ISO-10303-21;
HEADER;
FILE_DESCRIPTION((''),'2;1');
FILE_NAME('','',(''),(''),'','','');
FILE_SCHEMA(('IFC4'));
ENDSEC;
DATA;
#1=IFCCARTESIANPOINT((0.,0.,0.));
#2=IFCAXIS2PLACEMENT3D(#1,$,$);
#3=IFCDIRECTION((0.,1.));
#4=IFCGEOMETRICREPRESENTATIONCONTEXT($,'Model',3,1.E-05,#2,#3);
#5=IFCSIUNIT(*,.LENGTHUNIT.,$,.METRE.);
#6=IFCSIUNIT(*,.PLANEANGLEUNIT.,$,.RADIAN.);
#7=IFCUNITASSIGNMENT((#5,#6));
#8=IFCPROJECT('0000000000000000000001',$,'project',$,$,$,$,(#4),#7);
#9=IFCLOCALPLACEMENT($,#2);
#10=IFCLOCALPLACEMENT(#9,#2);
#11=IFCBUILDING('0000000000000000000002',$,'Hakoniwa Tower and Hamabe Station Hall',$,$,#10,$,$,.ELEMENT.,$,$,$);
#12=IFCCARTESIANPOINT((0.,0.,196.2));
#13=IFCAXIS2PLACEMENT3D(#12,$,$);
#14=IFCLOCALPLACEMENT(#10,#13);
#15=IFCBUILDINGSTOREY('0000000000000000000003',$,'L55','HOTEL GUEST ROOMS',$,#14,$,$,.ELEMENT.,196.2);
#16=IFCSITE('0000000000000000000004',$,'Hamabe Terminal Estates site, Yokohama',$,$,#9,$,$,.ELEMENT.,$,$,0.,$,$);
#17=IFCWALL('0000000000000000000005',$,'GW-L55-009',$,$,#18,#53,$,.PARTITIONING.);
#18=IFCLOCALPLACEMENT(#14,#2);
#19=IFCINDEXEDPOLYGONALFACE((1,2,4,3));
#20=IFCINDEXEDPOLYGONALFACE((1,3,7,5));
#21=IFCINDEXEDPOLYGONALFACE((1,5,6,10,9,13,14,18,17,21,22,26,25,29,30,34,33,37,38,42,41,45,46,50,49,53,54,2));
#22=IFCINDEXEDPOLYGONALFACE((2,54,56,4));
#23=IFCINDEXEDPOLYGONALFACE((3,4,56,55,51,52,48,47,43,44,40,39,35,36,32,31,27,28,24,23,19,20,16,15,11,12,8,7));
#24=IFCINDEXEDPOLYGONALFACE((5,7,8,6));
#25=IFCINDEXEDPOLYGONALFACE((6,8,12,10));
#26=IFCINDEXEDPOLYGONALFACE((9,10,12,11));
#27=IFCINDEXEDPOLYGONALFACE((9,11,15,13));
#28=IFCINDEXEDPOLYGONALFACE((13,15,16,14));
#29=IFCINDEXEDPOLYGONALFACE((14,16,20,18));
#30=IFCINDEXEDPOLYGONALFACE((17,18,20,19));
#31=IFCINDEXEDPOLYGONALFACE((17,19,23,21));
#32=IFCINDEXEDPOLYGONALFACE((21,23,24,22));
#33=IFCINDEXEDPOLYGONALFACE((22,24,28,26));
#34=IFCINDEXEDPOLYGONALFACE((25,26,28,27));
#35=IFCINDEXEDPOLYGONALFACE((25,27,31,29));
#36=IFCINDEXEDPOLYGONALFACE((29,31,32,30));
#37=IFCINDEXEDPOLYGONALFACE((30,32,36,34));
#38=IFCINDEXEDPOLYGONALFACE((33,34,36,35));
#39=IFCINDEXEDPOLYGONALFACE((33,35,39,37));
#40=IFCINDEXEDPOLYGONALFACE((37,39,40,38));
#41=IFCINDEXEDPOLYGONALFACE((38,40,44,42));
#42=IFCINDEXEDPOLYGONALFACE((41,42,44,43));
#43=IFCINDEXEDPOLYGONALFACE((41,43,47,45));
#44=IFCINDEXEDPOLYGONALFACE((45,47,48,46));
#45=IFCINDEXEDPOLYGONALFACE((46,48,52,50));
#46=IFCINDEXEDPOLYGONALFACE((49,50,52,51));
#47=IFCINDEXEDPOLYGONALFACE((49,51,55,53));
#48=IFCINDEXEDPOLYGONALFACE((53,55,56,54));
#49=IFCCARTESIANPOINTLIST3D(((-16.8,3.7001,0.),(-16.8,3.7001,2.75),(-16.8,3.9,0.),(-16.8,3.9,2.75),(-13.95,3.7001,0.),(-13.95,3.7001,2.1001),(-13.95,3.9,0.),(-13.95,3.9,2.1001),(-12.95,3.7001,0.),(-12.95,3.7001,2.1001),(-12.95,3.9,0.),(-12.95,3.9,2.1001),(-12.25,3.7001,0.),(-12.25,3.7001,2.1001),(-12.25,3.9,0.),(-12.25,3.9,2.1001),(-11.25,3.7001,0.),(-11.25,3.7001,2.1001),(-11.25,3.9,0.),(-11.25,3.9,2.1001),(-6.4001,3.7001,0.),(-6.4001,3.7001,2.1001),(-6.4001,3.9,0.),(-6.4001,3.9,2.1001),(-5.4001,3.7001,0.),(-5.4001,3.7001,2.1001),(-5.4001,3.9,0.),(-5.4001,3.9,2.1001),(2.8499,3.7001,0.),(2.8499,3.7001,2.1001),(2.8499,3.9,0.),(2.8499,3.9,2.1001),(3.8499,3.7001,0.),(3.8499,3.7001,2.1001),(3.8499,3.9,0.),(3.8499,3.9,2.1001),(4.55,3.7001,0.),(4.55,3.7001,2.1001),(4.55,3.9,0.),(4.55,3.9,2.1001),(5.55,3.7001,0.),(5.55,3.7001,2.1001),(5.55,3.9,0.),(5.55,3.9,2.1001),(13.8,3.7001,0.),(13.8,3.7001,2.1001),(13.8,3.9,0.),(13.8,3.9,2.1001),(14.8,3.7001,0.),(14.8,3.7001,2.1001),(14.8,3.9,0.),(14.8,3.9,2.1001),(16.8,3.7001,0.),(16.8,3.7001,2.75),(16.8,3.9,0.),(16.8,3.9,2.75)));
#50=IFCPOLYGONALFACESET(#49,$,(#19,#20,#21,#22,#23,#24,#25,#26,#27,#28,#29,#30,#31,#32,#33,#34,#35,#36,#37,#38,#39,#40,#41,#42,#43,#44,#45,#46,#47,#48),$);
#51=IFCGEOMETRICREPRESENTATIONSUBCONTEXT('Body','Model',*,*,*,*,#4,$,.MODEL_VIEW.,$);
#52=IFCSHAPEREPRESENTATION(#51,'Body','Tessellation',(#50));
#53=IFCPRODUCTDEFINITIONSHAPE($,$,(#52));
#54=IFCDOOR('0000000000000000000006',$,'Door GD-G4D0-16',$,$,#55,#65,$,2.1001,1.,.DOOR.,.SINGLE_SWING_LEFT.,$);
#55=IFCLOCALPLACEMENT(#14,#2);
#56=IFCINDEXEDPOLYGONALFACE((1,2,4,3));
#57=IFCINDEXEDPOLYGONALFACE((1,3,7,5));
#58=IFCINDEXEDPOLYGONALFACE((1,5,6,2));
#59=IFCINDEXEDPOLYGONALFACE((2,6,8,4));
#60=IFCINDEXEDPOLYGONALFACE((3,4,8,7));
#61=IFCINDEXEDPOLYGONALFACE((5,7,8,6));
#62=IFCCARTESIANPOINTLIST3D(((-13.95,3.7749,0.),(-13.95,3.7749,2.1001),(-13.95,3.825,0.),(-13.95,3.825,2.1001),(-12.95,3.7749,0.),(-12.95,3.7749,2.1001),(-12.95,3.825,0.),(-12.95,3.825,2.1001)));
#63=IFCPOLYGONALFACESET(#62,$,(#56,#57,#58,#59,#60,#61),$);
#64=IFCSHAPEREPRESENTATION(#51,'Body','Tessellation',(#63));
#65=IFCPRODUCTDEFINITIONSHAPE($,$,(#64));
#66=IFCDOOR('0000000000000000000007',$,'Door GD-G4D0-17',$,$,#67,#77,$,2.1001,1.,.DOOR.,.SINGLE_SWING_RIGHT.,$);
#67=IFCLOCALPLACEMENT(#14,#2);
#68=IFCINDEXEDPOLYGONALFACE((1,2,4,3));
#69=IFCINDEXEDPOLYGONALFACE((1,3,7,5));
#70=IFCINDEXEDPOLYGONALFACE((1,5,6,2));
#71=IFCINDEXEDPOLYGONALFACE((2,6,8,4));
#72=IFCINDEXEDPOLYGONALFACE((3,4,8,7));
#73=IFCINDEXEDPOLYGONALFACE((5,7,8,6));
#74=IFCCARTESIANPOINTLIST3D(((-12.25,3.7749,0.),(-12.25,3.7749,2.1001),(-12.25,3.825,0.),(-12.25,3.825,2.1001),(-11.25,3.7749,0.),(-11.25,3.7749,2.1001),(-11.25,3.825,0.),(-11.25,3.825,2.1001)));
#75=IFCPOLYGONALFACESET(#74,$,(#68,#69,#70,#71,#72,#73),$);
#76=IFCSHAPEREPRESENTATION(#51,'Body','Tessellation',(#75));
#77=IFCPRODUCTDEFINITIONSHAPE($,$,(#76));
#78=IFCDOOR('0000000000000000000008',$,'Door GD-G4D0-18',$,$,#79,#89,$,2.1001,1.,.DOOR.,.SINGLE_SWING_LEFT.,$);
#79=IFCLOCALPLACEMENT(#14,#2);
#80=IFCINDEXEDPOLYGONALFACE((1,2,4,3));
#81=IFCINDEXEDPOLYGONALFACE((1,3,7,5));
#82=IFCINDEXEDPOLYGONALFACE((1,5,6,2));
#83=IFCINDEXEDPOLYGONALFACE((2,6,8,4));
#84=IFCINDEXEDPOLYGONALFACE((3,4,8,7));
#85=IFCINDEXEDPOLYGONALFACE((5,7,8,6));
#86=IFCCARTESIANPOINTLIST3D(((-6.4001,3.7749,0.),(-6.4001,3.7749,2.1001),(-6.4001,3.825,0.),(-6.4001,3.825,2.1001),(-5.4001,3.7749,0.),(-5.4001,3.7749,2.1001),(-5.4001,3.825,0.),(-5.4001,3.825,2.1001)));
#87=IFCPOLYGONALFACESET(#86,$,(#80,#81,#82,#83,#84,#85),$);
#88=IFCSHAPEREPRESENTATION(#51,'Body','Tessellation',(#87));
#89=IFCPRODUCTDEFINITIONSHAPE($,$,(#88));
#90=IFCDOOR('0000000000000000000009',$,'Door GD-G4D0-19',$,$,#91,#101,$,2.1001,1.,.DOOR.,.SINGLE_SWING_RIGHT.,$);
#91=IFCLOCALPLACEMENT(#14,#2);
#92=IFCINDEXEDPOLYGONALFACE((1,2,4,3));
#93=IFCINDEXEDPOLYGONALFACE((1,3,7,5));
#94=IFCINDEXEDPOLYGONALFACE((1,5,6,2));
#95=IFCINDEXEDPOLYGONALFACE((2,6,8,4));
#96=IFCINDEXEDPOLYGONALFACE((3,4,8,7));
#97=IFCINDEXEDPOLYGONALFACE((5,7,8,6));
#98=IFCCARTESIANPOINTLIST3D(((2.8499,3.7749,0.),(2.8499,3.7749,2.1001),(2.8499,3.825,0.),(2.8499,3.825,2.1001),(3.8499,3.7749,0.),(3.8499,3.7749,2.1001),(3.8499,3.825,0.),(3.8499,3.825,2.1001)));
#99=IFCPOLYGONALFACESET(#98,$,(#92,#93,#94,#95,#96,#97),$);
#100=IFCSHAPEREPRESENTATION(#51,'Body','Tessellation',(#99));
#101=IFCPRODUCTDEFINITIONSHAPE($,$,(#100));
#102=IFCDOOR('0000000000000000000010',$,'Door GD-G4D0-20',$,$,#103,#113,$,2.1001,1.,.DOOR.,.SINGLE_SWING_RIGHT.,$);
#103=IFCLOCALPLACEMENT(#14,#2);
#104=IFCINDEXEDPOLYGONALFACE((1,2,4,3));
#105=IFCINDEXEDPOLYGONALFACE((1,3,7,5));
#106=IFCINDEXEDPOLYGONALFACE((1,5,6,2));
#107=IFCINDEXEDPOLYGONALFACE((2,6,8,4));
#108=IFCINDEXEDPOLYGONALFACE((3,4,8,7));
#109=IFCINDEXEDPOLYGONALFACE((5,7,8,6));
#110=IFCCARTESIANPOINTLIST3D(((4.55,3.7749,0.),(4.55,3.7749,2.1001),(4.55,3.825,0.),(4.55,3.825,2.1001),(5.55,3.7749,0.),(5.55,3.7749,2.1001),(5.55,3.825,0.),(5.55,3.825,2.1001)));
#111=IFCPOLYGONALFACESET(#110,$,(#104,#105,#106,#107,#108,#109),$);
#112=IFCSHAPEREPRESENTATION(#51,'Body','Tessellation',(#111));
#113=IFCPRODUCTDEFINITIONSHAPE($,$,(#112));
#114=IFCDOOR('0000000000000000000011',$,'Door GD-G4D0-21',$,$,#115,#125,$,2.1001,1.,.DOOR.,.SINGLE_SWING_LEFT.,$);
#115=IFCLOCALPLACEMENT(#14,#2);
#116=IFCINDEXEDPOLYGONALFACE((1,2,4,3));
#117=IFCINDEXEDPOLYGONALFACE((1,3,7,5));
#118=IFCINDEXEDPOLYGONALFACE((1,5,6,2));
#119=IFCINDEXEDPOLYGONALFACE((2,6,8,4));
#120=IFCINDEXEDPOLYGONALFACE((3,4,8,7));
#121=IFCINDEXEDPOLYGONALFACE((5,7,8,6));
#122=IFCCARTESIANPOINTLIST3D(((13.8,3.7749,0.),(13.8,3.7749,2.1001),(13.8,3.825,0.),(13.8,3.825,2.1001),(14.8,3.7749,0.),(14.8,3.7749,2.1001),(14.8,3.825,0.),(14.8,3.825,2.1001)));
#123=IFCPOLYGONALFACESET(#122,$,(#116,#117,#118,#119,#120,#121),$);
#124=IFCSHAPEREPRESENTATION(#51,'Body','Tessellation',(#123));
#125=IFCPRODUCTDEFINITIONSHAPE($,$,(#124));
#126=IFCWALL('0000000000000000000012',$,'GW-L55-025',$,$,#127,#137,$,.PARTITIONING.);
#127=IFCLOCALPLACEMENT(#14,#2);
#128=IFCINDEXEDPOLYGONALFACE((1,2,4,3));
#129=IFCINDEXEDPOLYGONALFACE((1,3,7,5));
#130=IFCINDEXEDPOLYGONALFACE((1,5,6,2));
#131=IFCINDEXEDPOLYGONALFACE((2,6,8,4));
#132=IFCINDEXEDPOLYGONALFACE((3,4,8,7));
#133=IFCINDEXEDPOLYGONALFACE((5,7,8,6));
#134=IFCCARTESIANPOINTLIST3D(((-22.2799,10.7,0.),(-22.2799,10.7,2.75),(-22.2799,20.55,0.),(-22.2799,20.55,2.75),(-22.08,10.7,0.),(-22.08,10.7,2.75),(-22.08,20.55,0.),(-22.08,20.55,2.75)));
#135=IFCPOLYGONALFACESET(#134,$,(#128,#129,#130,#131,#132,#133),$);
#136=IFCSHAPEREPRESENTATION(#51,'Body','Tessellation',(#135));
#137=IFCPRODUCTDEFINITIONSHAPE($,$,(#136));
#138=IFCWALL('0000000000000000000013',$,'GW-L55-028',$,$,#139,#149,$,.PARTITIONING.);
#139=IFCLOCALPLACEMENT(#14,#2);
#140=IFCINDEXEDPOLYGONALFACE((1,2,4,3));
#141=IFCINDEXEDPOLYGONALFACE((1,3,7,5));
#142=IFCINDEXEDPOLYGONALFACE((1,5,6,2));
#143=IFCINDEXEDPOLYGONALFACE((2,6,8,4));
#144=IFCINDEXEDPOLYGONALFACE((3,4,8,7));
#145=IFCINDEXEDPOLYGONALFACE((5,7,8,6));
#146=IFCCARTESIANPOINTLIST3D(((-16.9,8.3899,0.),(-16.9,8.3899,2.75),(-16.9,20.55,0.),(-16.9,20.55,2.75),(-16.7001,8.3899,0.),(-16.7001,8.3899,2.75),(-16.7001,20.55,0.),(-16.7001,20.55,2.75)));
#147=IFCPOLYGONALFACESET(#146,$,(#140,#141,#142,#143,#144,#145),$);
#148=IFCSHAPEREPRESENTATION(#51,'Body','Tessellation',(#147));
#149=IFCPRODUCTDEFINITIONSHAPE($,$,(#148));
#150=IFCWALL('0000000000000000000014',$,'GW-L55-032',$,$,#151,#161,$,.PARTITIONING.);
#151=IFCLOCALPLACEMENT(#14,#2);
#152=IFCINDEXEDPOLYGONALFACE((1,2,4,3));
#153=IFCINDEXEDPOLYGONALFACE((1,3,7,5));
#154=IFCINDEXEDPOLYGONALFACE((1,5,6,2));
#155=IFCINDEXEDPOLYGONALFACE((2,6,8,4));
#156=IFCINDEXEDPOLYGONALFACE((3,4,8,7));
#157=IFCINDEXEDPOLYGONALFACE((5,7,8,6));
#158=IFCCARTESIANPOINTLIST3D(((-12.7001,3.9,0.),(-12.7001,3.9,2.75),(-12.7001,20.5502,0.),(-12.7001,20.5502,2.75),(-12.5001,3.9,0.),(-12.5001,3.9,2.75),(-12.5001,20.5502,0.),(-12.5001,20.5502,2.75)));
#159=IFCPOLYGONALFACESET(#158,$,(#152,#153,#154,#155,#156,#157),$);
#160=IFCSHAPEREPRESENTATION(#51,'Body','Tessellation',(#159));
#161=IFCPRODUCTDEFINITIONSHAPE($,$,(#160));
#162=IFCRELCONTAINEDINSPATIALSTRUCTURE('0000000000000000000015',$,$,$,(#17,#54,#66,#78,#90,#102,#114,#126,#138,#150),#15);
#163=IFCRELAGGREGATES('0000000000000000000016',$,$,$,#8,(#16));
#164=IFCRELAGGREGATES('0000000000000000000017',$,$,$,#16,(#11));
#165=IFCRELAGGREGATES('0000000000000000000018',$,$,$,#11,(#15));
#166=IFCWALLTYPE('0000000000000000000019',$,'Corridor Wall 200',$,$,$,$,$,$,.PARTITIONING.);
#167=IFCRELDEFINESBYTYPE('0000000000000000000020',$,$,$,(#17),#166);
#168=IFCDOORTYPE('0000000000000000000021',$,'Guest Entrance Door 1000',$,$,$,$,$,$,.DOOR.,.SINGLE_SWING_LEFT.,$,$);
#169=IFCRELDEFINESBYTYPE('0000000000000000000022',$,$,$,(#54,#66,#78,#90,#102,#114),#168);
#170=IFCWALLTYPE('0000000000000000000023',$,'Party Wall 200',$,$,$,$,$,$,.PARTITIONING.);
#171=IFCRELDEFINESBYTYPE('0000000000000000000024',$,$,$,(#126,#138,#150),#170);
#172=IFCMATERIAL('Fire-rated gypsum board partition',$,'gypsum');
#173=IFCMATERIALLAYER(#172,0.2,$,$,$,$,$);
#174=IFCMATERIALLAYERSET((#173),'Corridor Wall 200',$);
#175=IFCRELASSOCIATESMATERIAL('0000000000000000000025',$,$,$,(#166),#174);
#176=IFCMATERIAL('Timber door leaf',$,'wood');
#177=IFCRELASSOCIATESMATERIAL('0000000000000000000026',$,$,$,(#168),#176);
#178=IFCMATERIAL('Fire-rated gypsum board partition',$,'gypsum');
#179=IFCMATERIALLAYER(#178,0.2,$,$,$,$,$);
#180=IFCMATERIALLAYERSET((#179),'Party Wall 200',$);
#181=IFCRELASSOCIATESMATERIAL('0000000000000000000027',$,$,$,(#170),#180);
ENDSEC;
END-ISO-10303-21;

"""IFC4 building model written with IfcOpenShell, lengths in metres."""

from ifc_helpers import new_model, si_unit, direction, frame, frame_2d, origin, place, context, subcontext, project, spatial, rectangle, extrude, material, layer, layer_set, type_object, element, fill, save


model = new_model("IFC4")

# Units and contexts
model_context = context("Model", 3, precision=1e-05, world=origin(), true_north=direction((0.0, 1.0)))
body_context = subcontext(model_context, "Body", "Model", "MODEL_VIEW")
ifc_project = project(units=[si_unit("LENGTHUNIT", "METRE"), si_unit("PLANEANGLEUNIT", "RADIAN")], contexts=[model_context])

# Site, building, storey
site_placement = place(None, origin())
site = spatial("IfcSite", under=ifc_project, at=site_placement, Name="Hamabe Terminal Estates site, Yokohama", CompositionType="ELEMENT", RefElevation=0.0)
building_placement = place(site_placement, origin())
building = spatial("IfcBuilding", under=site, at=building_placement, Name="Hakoniwa Tower and Hamabe Station Hall", CompositionType="ELEMENT")
storey_placement = place(building_placement, frame((0.0, 0.0, 196.2)))
storey = spatial("IfcBuildingStorey", under=building, at=storey_placement, Name="L55", Description="HOTEL GUEST ROOMS", CompositionType="ELEMENT", Elevation=196.2)

# Wall, openings, doors
ifc_material_1 = material(Name="Fire-rated gypsum board partition", Category="gypsum")
ifc_layer_1 = layer(ifc_material_1, 0.2)
ifc_layer_set_1 = layer_set([ifc_layer_1], Name="Corridor Wall 200")
wall_type_1 = type_object("IfcWallType", Name="Corridor Wall 200", PredefinedType="PARTITIONING", material=ifc_layer_set_1)
ifc_material_2 = material(Name="Timber door leaf", Category="wood")
door_type_1 = type_object("IfcDoorType", Name="Guest Entrance Door 1000", OperationType="SINGLE_SWING_LEFT", PredefinedType="DOOR", material=ifc_material_2)
wall_1_placement = place(storey_placement, frame((-16.8, 3.8, 0.0), z_axis=(0.0, 0.0, 1.0), x_axis=(1.0, 0.0, 0.0)))
wall_1 = element("IfcWall", 1, at=wall_1_placement, inside=storey, type_object=wall_type_1, Name="GW-L55-009", PredefinedType="PARTITIONING", context=body_context, shape_type="SweptSolid", body=[
    extrude(rectangle(XDim=33.6001, YDim=0.2, at=frame_2d((16.8, 0.0))), origin(), (0.0, 0.0, 1.0), 2.75),
])
opening_1_placement = place(wall_1_placement, frame((2.8501, 0.0, 0.0)))
opening_1 = element("IfcOpeningElement", 2, at=opening_1_placement, cuts=wall_1, PredefinedType="OPENING", context=body_context, shape_type="SweptSolid", body=[
    extrude(rectangle(XDim=1.0, YDim=2.1001, at=frame_2d((0.5, 1.05))), frame((0.0, 0.1099, 0.0), z_axis=(0.0, -1.0, 0.0), x_axis=(1.0, 0.0, 0.0)), (0.0, 0.0, 1.0), 0.22),
])
opening_2_placement = place(wall_1_placement, frame((4.55, 0.0, 0.0)))
opening_2 = element("IfcOpeningElement", 3, at=opening_2_placement, cuts=wall_1, PredefinedType="OPENING", context=body_context, shape_type="SweptSolid", body=[
    extrude(rectangle(XDim=1.0, YDim=2.1001, at=frame_2d((0.5, 1.05))), frame((0.0, 0.1099, 0.0), z_axis=(0.0, -1.0, 0.0), x_axis=(1.0, 0.0, 0.0)), (0.0, 0.0, 1.0), 0.22),
])
opening_3_placement = place(wall_1_placement, frame((10.3999, 0.0, 0.0)))
opening_3 = element("IfcOpeningElement", 4, at=opening_3_placement, cuts=wall_1, PredefinedType="OPENING", context=body_context, shape_type="SweptSolid", body=[
    extrude(rectangle(XDim=1.0, YDim=2.1001, at=frame_2d((0.5, 1.05))), frame((0.0, 0.1099, 0.0), z_axis=(0.0, -1.0, 0.0), x_axis=(1.0, 0.0, 0.0)), (0.0, 0.0, 1.0), 0.22),
])
opening_4_placement = place(wall_1_placement, frame((19.6499, 0.0, 0.0)))
opening_4 = element("IfcOpeningElement", 5, at=opening_4_placement, cuts=wall_1, PredefinedType="OPENING", context=body_context, shape_type="SweptSolid", body=[
    extrude(rectangle(XDim=1.0, YDim=2.1001, at=frame_2d((0.5, 1.05))), frame((0.0, 0.1099, 0.0), z_axis=(0.0, -1.0, 0.0), x_axis=(1.0, 0.0, 0.0)), (0.0, 0.0, 1.0), 0.22),
])
opening_5_placement = place(wall_1_placement, frame((21.3501, 0.0, 0.0)))
opening_5 = element("IfcOpeningElement", 6, at=opening_5_placement, cuts=wall_1, PredefinedType="OPENING", context=body_context, shape_type="SweptSolid", body=[
    extrude(rectangle(XDim=1.0, YDim=2.1001, at=frame_2d((0.5, 1.05))), frame((0.0, 0.1099, 0.0), z_axis=(0.0, -1.0, 0.0), x_axis=(1.0, 0.0, 0.0)), (0.0, 0.0, 1.0), 0.22),
])
opening_6_placement = place(wall_1_placement, frame((30.6001, 0.0, 0.0)))
opening_6 = element("IfcOpeningElement", 7, at=opening_6_placement, cuts=wall_1, PredefinedType="OPENING", context=body_context, shape_type="SweptSolid", body=[
    extrude(rectangle(XDim=1.0, YDim=2.1001, at=frame_2d((0.5, 1.05))), frame((0.0, 0.1099, 0.0), z_axis=(0.0, -1.0, 0.0), x_axis=(1.0, 0.0, 0.0)), (0.0, 0.0, 1.0), 0.22),
])
door_1_placement = place(opening_1_placement, origin())
door_1 = element("IfcDoor", 8, at=door_1_placement, inside=storey, type_object=door_type_1, Name="Door GD-G4D0-16", OperationType="SINGLE_SWING_LEFT", OverallHeight=2.1001, OverallWidth=1.0, PredefinedType="DOOR", context=body_context, shape_type="SweptSolid", body=[
    extrude(rectangle(XDim=1.0, YDim=2.1001, at=frame_2d((0.5, 1.05))), frame((0.0, 0.0249, 0.0), z_axis=(0.0, -1.0, 0.0), x_axis=(1.0, 0.0, 0.0)), (0.0, 0.0, 1.0), 0.05),
])
fill(opening_1, door_1)
door_2_placement = place(opening_2_placement, origin())
door_2 = element("IfcDoor", 9, at=door_2_placement, inside=storey, type_object=door_type_1, Name="Door GD-G4D0-17", OperationType="SINGLE_SWING_RIGHT", OverallHeight=2.1001, OverallWidth=1.0, PredefinedType="DOOR", context=body_context, shape_type="SweptSolid", body=[
    extrude(rectangle(XDim=1.0, YDim=2.1001, at=frame_2d((0.5, 1.05))), frame((0.0, 0.0249, 0.0), z_axis=(0.0, -1.0, 0.0), x_axis=(1.0, 0.0, 0.0)), (0.0, 0.0, 1.0), 0.05),
])
fill(opening_2, door_2)
door_3_placement = place(opening_3_placement, origin())
door_3 = element("IfcDoor", 10, at=door_3_placement, inside=storey, type_object=door_type_1, Name="Door GD-G4D0-18", OperationType="SINGLE_SWING_LEFT", OverallHeight=2.1001, OverallWidth=1.0, PredefinedType="DOOR", context=body_context, shape_type="SweptSolid", body=[
    extrude(rectangle(XDim=1.0, YDim=2.1001, at=frame_2d((0.5, 1.05))), frame((0.0, 0.0249, 0.0), z_axis=(0.0, -1.0, 0.0), x_axis=(1.0, 0.0, 0.0)), (0.0, 0.0, 1.0), 0.05),
])
fill(opening_3, door_3)
door_4_placement = place(opening_4_placement, origin())
door_4 = element("IfcDoor", 11, at=door_4_placement, inside=storey, type_object=door_type_1, Name="Door GD-G4D0-19", OperationType="SINGLE_SWING_RIGHT", OverallHeight=2.1001, OverallWidth=1.0, PredefinedType="DOOR", context=body_context, shape_type="SweptSolid", body=[
    extrude(rectangle(XDim=1.0, YDim=2.1001, at=frame_2d((0.5, 1.05))), frame((0.0, 0.0249, 0.0), z_axis=(0.0, -1.0, 0.0), x_axis=(1.0, 0.0, 0.0)), (0.0, 0.0, 1.0), 0.05),
])
fill(opening_4, door_4)
door_5_placement = place(opening_5_placement, origin())
door_5 = element("IfcDoor", 12, at=door_5_placement, inside=storey, type_object=door_type_1, Name="Door GD-G4D0-20", OperationType="SINGLE_SWING_RIGHT", OverallHeight=2.1001, OverallWidth=1.0, PredefinedType="DOOR", context=body_context, shape_type="SweptSolid", body=[
    extrude(rectangle(XDim=1.0, YDim=2.1001, at=frame_2d((0.5, 1.05))), frame((0.0, 0.0249, 0.0), z_axis=(0.0, -1.0, 0.0), x_axis=(1.0, 0.0, 0.0)), (0.0, 0.0, 1.0), 0.05),
])
fill(opening_5, door_5)
door_6_placement = place(opening_6_placement, origin())
door_6 = element("IfcDoor", 13, at=door_6_placement, inside=storey, type_object=door_type_1, Name="Door GD-G4D0-21", OperationType="SINGLE_SWING_LEFT", OverallHeight=2.1001, OverallWidth=1.0, PredefinedType="DOOR", context=body_context, shape_type="SweptSolid", body=[
    extrude(rectangle(XDim=1.0, YDim=2.1001, at=frame_2d((0.5, 1.05))), frame((0.0, 0.0249, 0.0), z_axis=(0.0, -1.0, 0.0), x_axis=(1.0, 0.0, 0.0)), (0.0, 0.0, 1.0), 0.05),
])
fill(opening_6, door_6)

# Walls
ifc_material_3 = material(Name="Fire-rated gypsum board partition", Category="gypsum")
ifc_layer_2 = layer(ifc_material_3, 0.2)
ifc_layer_set_2 = layer_set([ifc_layer_2], Name="Party Wall 200")
wall_type_2 = type_object("IfcWallType", Name="Party Wall 200", PredefinedType="PARTITIONING", material=ifc_layer_set_2)
wall_2_placement = place(storey_placement, frame((-22.1799, 10.7, 0.0), z_axis=(0.0, 0.0, 1.0), x_axis=(0.0, 1.0, 0.0)))
element("IfcWall", 14, at=wall_2_placement, inside=storey, type_object=wall_type_2, Name="GW-L55-025", PredefinedType="PARTITIONING", context=body_context, shape_type="SweptSolid", body=[
    extrude(rectangle(XDim=9.8501, YDim=0.2, at=frame_2d((4.925, 0.0))), origin(), (0.0, 0.0, 1.0), 2.75),
])
wall_3_placement = place(storey_placement, frame((-16.8, 8.3899, 0.0), z_axis=(0.0, 0.0, 1.0), x_axis=(0.0, 1.0, 0.0)))
element("IfcWall", 15, at=wall_3_placement, inside=storey, type_object=wall_type_2, Name="GW-L55-028", PredefinedType="PARTITIONING", context=body_context, shape_type="SweptSolid", body=[
    extrude(rectangle(XDim=12.1602, YDim=0.2, at=frame_2d((6.0801, 0.0))), origin(), (0.0, 0.0, 1.0), 2.75),
])
wall_4_placement = place(storey_placement, frame((-12.6001, 3.8999, 0.0), z_axis=(0.0, 0.0, 1.0), x_axis=(0.0, 1.0, 0.0)))
element("IfcWall", 16, at=wall_4_placement, inside=storey, type_object=wall_type_2, Name="GW-L55-032", PredefinedType="PARTITIONING", context=body_context, shape_type="SweptSolid", body=[
    extrude(rectangle(XDim=16.6501, YDim=0.2, at=frame_2d((8.3252, 0.0))), origin(), (0.0, 0.0, 1.0), 2.75),
])

save(model, "model.ifc")
